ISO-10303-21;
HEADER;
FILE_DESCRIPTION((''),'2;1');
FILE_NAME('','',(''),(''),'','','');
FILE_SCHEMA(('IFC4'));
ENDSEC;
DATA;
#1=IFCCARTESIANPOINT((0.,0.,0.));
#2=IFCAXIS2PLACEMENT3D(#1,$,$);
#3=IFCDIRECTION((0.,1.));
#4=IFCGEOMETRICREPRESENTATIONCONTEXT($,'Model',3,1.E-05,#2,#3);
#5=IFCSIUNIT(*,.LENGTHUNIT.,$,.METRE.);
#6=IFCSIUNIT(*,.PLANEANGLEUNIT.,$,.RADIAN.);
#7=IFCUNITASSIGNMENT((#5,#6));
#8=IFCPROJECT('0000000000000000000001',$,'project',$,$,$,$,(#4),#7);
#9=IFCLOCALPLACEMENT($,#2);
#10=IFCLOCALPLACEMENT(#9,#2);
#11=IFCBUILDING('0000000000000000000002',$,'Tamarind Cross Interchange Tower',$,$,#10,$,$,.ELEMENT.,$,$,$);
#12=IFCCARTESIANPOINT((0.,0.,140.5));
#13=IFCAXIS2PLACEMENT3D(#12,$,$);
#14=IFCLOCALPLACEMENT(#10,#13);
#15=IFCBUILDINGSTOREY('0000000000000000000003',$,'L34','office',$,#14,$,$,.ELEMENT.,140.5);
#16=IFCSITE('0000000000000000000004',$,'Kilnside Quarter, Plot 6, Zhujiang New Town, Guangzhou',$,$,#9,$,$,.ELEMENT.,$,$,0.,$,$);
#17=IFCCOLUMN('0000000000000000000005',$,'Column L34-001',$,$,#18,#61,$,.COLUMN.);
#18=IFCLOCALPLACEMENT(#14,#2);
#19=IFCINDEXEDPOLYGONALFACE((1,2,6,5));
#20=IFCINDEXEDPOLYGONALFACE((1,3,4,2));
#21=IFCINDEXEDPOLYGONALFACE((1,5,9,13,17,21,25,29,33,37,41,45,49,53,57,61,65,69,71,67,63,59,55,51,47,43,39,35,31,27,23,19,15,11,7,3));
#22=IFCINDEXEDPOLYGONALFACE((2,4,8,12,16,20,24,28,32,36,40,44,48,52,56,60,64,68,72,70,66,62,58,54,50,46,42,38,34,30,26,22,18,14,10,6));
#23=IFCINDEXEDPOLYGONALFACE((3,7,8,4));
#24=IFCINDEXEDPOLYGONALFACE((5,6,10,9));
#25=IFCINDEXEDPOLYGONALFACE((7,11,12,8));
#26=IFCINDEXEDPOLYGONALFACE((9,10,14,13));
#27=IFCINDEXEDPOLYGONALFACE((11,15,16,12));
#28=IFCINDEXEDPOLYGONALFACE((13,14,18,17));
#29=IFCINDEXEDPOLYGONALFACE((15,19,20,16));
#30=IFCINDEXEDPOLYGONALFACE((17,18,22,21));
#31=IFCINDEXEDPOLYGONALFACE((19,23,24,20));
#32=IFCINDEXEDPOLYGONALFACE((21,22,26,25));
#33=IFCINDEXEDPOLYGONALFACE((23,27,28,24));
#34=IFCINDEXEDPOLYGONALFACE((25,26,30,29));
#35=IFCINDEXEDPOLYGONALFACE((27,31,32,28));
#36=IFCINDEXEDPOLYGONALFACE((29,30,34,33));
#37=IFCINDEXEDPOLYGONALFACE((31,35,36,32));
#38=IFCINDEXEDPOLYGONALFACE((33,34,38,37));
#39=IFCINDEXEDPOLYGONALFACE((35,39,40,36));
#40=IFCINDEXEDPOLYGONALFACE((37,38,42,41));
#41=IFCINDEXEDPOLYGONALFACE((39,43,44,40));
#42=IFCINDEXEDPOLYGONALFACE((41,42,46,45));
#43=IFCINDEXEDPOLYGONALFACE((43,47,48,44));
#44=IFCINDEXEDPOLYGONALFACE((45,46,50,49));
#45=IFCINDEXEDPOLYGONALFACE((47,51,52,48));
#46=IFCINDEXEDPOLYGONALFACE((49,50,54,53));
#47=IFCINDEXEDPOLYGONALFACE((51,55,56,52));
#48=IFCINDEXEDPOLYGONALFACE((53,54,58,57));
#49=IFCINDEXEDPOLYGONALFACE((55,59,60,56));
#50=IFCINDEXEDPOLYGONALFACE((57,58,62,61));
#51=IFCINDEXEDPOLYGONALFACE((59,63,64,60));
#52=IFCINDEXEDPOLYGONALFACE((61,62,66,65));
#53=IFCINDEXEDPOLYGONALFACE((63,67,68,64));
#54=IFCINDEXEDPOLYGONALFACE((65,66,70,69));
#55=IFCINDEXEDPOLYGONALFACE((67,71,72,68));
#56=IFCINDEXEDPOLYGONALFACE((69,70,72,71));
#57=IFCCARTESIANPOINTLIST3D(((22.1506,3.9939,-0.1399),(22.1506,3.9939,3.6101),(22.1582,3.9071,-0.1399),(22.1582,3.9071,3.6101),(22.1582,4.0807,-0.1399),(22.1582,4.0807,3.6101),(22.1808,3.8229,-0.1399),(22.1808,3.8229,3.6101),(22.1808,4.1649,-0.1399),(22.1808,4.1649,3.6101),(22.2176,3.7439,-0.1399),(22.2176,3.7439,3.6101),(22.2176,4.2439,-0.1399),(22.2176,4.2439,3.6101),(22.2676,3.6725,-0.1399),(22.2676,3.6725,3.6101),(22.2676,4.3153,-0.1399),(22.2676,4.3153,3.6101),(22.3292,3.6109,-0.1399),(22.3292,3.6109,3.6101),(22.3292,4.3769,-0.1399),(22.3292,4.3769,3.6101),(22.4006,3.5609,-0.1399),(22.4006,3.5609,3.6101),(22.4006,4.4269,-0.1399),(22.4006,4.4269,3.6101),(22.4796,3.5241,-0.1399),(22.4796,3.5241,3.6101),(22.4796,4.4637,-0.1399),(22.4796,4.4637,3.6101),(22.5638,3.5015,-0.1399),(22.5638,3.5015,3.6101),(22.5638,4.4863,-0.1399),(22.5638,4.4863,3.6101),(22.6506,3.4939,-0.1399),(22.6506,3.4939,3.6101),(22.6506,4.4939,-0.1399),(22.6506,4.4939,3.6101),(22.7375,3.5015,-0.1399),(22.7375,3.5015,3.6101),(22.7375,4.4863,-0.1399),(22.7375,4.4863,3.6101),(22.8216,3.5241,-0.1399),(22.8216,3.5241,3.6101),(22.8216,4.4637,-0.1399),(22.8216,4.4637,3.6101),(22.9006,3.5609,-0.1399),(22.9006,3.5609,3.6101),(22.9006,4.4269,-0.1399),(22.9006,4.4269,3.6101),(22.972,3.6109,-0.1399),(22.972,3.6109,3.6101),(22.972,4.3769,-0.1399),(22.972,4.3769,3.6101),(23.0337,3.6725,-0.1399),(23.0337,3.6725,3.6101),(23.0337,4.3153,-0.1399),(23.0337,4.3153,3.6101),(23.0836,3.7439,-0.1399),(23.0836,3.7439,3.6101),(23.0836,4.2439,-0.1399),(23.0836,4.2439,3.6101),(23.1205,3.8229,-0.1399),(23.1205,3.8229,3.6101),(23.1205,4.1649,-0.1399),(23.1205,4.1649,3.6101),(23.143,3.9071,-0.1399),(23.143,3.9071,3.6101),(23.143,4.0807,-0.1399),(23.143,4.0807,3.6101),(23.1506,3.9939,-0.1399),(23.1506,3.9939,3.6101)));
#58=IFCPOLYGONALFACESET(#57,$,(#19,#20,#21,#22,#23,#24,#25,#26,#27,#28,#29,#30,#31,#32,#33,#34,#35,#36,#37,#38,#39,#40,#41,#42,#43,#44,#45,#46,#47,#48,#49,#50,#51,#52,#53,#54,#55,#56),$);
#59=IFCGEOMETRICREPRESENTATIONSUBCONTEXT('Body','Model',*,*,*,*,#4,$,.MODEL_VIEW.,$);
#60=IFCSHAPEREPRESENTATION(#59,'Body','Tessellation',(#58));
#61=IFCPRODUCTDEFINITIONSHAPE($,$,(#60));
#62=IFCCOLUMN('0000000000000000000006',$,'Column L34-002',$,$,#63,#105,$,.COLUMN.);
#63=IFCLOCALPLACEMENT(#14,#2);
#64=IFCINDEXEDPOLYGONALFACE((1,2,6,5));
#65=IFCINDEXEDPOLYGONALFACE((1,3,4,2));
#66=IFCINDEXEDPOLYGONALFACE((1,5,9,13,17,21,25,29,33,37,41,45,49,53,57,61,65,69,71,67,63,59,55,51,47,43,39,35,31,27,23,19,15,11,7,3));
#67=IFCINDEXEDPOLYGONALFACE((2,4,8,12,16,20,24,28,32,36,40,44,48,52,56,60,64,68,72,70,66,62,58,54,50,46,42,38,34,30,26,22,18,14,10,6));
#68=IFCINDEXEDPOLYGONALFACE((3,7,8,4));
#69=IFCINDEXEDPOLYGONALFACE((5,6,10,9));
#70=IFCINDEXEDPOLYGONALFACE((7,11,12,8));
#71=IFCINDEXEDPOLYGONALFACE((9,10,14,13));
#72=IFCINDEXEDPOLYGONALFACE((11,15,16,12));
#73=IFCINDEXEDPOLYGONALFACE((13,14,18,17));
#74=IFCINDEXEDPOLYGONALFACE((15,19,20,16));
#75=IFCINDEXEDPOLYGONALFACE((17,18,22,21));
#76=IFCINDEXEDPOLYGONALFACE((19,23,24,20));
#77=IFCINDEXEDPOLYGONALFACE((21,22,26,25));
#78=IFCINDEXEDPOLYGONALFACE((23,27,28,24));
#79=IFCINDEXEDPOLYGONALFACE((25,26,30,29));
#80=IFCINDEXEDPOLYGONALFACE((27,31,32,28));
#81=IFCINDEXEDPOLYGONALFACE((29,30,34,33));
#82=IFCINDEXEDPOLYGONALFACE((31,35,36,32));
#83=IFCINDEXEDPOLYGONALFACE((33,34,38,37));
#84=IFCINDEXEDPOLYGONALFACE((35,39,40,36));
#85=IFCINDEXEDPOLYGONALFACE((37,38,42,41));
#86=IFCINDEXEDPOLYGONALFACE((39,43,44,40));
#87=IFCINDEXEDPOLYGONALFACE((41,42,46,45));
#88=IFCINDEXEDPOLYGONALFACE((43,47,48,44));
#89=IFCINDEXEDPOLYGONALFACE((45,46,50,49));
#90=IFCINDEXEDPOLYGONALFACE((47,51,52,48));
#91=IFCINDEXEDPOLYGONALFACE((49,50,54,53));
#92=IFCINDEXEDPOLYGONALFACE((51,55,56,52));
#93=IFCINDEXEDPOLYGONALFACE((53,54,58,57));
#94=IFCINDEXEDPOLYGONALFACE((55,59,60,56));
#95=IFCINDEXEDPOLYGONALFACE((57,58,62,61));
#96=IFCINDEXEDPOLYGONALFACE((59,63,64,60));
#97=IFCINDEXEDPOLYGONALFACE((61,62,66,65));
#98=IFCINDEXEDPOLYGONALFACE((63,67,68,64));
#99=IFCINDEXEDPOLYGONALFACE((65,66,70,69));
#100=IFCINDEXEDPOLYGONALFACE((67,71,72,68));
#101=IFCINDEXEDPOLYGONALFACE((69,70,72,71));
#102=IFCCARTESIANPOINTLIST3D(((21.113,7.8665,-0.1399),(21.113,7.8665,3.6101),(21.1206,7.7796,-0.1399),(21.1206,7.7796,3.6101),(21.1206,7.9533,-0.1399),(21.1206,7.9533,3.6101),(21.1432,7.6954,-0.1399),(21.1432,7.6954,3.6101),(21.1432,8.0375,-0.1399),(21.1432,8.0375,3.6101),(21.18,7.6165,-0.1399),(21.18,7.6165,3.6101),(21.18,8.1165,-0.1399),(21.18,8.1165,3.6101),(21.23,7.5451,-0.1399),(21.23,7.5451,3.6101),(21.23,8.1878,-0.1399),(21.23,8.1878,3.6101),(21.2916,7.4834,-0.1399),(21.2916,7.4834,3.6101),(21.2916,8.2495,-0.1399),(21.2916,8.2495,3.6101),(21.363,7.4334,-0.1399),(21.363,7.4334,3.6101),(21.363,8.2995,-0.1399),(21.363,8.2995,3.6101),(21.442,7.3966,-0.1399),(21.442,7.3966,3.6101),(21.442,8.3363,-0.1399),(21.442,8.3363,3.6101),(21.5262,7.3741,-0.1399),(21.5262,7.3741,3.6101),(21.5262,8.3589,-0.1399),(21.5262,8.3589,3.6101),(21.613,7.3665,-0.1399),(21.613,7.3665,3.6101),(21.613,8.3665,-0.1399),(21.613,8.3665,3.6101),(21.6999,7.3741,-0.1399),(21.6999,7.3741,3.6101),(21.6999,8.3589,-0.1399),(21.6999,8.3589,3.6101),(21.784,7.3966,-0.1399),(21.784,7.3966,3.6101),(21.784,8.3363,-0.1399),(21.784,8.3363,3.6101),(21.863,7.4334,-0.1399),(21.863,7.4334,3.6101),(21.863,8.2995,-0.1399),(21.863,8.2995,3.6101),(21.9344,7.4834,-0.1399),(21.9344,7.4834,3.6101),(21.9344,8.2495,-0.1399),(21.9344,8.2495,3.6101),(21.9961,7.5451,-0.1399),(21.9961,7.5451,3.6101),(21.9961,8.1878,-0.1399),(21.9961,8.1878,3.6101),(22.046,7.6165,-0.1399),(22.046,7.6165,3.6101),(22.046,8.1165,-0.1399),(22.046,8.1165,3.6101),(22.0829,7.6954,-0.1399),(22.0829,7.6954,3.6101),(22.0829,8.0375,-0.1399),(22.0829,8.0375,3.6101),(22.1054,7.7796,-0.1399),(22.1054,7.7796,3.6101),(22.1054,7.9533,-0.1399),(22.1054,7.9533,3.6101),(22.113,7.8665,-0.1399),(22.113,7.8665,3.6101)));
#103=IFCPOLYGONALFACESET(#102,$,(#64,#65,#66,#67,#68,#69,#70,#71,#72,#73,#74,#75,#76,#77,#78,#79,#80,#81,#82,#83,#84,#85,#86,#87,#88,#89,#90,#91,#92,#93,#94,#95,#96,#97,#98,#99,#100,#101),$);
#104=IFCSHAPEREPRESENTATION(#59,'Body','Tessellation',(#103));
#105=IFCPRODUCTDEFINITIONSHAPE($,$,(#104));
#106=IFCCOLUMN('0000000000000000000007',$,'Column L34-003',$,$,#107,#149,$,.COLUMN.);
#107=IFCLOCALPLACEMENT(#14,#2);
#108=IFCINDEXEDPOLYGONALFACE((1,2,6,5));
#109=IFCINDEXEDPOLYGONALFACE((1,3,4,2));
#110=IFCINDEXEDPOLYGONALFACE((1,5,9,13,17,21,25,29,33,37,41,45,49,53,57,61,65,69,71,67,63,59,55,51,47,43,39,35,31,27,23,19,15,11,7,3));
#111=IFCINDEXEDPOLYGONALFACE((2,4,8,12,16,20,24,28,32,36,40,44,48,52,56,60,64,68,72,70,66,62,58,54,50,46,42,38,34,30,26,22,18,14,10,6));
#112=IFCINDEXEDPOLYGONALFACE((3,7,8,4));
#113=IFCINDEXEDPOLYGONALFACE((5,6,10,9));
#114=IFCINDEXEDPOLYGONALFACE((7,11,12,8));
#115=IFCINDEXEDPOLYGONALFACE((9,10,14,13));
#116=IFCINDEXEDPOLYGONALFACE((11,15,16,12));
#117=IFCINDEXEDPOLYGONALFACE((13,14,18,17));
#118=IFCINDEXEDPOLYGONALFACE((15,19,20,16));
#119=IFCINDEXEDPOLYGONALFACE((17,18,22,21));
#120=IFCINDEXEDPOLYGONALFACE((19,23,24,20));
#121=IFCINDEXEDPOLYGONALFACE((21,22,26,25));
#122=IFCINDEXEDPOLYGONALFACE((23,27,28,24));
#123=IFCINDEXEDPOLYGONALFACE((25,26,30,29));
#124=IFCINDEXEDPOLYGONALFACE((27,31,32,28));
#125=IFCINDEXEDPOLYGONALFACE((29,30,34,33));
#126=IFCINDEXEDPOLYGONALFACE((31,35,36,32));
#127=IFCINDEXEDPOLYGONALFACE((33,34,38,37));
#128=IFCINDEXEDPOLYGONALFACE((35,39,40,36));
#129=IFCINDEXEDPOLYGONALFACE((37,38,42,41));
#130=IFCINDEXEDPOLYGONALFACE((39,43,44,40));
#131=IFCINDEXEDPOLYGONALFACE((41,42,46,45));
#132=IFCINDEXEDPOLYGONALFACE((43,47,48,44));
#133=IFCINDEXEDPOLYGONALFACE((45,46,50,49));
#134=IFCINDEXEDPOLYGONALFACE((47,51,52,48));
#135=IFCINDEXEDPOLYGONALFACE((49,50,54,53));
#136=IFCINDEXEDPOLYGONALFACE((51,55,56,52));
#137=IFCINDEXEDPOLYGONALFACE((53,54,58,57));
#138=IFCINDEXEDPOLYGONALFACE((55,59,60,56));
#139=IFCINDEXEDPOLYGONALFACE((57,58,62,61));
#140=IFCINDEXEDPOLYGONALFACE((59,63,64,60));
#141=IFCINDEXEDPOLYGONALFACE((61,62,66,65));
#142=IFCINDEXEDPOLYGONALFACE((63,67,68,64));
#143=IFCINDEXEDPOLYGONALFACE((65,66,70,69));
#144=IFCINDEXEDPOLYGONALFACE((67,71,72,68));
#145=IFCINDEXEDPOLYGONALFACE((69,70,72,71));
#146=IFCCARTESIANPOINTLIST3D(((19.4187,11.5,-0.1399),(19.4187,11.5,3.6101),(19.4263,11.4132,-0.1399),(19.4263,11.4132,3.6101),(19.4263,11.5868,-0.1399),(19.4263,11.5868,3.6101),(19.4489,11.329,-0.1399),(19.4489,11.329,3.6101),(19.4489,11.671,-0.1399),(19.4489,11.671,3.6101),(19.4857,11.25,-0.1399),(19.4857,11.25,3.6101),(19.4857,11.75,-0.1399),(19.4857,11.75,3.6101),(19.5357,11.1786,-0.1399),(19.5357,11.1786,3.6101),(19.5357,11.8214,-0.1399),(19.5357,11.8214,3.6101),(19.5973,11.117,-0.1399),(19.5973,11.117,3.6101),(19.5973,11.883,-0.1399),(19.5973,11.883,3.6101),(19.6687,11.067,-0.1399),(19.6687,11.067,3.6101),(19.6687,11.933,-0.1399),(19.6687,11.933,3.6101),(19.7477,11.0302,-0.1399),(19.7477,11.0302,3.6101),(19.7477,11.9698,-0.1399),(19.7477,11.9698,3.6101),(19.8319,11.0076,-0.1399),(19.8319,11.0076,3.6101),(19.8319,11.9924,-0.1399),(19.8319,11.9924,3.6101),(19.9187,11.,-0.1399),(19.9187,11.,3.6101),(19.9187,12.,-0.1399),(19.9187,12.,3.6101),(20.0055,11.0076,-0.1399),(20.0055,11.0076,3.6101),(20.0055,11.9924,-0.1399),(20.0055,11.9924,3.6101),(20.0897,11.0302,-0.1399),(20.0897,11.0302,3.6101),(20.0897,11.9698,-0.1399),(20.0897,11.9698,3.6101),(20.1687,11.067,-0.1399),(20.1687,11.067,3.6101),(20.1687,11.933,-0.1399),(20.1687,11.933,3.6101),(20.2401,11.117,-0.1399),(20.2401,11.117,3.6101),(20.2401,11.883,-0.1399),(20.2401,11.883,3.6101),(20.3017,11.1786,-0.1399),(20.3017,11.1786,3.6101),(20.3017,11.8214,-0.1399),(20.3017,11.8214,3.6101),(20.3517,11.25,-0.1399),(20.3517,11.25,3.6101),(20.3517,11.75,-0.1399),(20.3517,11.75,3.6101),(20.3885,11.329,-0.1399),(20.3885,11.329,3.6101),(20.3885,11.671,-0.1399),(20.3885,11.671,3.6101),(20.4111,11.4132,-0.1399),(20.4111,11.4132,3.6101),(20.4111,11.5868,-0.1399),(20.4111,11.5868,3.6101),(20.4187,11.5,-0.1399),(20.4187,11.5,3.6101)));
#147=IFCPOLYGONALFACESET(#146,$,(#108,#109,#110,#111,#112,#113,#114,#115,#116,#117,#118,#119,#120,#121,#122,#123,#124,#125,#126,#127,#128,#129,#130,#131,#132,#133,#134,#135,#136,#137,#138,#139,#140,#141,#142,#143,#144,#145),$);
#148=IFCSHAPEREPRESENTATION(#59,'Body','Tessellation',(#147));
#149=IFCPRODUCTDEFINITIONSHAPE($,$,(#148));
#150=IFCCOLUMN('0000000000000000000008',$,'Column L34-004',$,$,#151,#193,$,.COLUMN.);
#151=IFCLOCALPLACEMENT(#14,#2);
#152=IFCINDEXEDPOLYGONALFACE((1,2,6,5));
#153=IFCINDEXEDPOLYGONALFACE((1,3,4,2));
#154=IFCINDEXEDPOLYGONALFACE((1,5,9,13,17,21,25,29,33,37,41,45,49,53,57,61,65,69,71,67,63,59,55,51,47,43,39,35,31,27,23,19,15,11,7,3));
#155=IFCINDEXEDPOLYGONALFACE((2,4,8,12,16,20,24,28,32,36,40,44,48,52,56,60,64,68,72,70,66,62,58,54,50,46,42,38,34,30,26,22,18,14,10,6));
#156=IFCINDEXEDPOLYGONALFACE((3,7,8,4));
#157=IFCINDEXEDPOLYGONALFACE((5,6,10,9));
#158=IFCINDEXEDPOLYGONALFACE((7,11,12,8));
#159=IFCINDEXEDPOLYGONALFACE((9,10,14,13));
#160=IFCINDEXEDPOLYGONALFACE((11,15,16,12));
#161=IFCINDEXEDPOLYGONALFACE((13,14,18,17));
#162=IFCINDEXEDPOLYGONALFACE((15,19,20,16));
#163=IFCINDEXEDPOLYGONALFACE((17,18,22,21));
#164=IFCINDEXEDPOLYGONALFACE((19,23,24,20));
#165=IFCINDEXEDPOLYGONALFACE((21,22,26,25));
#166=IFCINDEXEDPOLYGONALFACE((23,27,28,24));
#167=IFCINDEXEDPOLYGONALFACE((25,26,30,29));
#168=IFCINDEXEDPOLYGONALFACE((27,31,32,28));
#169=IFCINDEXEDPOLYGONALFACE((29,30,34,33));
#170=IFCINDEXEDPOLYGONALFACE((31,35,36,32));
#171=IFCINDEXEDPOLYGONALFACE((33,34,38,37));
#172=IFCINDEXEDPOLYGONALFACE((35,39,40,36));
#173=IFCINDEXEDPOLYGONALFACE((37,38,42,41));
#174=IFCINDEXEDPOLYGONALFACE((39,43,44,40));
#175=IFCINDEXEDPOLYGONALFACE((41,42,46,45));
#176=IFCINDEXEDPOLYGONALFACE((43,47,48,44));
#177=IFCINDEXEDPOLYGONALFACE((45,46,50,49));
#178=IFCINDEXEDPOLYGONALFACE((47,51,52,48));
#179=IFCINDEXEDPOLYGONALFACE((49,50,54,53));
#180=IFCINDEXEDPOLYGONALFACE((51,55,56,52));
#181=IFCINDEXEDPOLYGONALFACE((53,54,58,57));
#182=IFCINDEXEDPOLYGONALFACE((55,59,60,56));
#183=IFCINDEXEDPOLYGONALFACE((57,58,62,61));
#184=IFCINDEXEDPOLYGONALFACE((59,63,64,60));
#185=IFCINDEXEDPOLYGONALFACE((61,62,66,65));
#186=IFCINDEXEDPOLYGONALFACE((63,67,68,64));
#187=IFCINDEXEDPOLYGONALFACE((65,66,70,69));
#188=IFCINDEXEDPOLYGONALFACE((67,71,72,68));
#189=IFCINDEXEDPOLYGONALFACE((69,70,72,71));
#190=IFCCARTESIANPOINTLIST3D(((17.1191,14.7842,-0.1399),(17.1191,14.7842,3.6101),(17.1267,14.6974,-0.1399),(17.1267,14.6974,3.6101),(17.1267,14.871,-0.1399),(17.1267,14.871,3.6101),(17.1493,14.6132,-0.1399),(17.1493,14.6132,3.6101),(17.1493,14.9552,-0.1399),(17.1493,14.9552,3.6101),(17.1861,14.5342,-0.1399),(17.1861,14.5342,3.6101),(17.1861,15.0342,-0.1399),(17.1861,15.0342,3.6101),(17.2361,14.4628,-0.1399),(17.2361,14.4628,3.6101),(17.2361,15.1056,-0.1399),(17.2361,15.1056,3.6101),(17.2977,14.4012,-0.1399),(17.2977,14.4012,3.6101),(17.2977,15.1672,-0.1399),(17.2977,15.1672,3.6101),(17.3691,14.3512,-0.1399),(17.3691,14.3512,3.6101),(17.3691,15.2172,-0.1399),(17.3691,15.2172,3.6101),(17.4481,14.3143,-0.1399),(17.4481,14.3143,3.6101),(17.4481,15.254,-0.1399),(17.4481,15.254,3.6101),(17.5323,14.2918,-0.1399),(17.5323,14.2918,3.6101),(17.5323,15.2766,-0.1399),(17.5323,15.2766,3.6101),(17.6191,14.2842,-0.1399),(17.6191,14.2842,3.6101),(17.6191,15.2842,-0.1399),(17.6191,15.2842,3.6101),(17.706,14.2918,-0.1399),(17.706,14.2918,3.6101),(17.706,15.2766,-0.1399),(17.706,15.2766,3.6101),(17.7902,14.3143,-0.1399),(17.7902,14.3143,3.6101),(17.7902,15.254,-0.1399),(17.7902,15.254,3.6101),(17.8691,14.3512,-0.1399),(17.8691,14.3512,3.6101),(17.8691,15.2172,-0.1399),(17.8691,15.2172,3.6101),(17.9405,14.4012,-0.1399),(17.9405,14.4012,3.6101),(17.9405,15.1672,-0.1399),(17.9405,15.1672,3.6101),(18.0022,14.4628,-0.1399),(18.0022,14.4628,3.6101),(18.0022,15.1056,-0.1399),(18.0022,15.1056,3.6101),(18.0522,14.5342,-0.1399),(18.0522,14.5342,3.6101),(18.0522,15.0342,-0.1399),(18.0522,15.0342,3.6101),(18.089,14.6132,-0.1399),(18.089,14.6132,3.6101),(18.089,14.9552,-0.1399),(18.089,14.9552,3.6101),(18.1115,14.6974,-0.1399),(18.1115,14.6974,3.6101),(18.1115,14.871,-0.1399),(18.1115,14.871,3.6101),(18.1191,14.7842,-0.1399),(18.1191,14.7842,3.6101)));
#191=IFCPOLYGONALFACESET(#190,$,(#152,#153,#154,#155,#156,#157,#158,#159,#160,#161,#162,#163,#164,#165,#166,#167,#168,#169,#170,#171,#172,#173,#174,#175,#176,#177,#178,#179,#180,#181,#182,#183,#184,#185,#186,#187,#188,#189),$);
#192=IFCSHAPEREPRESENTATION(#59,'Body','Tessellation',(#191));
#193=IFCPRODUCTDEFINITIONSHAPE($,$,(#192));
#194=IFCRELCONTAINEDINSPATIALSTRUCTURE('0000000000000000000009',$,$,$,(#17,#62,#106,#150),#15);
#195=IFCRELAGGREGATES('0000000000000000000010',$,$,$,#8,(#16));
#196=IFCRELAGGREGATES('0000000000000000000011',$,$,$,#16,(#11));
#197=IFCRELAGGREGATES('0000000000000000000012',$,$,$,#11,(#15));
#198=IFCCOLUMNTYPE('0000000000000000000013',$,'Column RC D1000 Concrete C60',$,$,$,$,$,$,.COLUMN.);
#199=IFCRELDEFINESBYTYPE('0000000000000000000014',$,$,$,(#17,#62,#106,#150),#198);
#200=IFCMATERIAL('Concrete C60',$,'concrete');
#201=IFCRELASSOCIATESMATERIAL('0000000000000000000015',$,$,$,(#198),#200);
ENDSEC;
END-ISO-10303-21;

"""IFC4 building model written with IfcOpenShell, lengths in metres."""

from ifc_helpers import new_model, si_unit, direction, frame, origin, origin_2d, place, context, subcontext, project, spatial, circle, extrude, material, material_profile, profile_set, type_object, element, save


model = new_model("IFC4")

# Units and contexts
model_context = context("Model", 3, precision=1e-05, world=origin(), true_north=direction((0.0, 1.0)))
body_context = subcontext(model_context, "Body", "Model", "MODEL_VIEW")
ifc_project = project(units=[si_unit("LENGTHUNIT", "METRE"), si_unit("PLANEANGLEUNIT", "RADIAN")], contexts=[model_context])

# Site, building, storey
site_placement = place(None, origin())
site = spatial("IfcSite", under=ifc_project, at=site_placement, Name="Kilnside Quarter, Plot 6, Zhujiang New Town, Guangzhou", CompositionType="ELEMENT", RefElevation=0.0)
building_placement = place(site_placement, origin())
building = spatial("IfcBuilding", under=site, at=building_placement, Name="Tamarind Cross Interchange Tower", CompositionType="ELEMENT")
storey_placement = place(building_placement, frame((0.0, 0.0, 140.5)))
storey = spatial("IfcBuildingStorey", under=building, at=storey_placement, Name="L34", Description="office", CompositionType="ELEMENT", Elevation=140.5)

# Columns
ifc_material_1 = material(Name="Concrete C60", Category="concrete")
ifc_material_profile_1 = material_profile(ifc_material_1, circle(Radius=0.5, at=origin_2d()), Name="RC D1000")
ifc_profile_set_1 = profile_set([ifc_material_profile_1], Name="Concrete C60")
column_type = type_object("IfcColumnType", Name="Column RC D1000 Concrete C60", PredefinedType="COLUMN", material=ifc_profile_set_1)
for number, where, z_axis, x_axis, name in (
    (1, (22.6506, 3.9939, -0.1399), (0.0, 0.0, 1.0), (1.0, 0.0, 0.0), "Column L34-001"),
    (2, (21.613, 7.8665, -0.1399), (0.0, 0.0, 1.0), (1.0, 0.0, 0.0), "Column L34-002"),
    (3, (19.9187, 11.5, -0.1399), (0.0, 0.0, 1.0), (1.0, 0.0, 0.0), "Column L34-003"),
    (4, (17.6191, 14.7842, -0.1399), (0.0, 0.0, 1.0), (1.0, 0.0, 0.0), "Column L34-004"),
):
    element("IfcColumn", number, at=place(storey_placement, frame(where, z_axis=z_axis, x_axis=x_axis)), inside=storey, type_object=column_type, Name=name, PredefinedType="COLUMN", context=body_context, shape_type="SweptSolid", body=[
        extrude(circle(Radius=0.5, at=origin_2d()), origin(), (0.0, 0.0, 1.0), 3.75),
    ])

save(model, "model.ifc")
